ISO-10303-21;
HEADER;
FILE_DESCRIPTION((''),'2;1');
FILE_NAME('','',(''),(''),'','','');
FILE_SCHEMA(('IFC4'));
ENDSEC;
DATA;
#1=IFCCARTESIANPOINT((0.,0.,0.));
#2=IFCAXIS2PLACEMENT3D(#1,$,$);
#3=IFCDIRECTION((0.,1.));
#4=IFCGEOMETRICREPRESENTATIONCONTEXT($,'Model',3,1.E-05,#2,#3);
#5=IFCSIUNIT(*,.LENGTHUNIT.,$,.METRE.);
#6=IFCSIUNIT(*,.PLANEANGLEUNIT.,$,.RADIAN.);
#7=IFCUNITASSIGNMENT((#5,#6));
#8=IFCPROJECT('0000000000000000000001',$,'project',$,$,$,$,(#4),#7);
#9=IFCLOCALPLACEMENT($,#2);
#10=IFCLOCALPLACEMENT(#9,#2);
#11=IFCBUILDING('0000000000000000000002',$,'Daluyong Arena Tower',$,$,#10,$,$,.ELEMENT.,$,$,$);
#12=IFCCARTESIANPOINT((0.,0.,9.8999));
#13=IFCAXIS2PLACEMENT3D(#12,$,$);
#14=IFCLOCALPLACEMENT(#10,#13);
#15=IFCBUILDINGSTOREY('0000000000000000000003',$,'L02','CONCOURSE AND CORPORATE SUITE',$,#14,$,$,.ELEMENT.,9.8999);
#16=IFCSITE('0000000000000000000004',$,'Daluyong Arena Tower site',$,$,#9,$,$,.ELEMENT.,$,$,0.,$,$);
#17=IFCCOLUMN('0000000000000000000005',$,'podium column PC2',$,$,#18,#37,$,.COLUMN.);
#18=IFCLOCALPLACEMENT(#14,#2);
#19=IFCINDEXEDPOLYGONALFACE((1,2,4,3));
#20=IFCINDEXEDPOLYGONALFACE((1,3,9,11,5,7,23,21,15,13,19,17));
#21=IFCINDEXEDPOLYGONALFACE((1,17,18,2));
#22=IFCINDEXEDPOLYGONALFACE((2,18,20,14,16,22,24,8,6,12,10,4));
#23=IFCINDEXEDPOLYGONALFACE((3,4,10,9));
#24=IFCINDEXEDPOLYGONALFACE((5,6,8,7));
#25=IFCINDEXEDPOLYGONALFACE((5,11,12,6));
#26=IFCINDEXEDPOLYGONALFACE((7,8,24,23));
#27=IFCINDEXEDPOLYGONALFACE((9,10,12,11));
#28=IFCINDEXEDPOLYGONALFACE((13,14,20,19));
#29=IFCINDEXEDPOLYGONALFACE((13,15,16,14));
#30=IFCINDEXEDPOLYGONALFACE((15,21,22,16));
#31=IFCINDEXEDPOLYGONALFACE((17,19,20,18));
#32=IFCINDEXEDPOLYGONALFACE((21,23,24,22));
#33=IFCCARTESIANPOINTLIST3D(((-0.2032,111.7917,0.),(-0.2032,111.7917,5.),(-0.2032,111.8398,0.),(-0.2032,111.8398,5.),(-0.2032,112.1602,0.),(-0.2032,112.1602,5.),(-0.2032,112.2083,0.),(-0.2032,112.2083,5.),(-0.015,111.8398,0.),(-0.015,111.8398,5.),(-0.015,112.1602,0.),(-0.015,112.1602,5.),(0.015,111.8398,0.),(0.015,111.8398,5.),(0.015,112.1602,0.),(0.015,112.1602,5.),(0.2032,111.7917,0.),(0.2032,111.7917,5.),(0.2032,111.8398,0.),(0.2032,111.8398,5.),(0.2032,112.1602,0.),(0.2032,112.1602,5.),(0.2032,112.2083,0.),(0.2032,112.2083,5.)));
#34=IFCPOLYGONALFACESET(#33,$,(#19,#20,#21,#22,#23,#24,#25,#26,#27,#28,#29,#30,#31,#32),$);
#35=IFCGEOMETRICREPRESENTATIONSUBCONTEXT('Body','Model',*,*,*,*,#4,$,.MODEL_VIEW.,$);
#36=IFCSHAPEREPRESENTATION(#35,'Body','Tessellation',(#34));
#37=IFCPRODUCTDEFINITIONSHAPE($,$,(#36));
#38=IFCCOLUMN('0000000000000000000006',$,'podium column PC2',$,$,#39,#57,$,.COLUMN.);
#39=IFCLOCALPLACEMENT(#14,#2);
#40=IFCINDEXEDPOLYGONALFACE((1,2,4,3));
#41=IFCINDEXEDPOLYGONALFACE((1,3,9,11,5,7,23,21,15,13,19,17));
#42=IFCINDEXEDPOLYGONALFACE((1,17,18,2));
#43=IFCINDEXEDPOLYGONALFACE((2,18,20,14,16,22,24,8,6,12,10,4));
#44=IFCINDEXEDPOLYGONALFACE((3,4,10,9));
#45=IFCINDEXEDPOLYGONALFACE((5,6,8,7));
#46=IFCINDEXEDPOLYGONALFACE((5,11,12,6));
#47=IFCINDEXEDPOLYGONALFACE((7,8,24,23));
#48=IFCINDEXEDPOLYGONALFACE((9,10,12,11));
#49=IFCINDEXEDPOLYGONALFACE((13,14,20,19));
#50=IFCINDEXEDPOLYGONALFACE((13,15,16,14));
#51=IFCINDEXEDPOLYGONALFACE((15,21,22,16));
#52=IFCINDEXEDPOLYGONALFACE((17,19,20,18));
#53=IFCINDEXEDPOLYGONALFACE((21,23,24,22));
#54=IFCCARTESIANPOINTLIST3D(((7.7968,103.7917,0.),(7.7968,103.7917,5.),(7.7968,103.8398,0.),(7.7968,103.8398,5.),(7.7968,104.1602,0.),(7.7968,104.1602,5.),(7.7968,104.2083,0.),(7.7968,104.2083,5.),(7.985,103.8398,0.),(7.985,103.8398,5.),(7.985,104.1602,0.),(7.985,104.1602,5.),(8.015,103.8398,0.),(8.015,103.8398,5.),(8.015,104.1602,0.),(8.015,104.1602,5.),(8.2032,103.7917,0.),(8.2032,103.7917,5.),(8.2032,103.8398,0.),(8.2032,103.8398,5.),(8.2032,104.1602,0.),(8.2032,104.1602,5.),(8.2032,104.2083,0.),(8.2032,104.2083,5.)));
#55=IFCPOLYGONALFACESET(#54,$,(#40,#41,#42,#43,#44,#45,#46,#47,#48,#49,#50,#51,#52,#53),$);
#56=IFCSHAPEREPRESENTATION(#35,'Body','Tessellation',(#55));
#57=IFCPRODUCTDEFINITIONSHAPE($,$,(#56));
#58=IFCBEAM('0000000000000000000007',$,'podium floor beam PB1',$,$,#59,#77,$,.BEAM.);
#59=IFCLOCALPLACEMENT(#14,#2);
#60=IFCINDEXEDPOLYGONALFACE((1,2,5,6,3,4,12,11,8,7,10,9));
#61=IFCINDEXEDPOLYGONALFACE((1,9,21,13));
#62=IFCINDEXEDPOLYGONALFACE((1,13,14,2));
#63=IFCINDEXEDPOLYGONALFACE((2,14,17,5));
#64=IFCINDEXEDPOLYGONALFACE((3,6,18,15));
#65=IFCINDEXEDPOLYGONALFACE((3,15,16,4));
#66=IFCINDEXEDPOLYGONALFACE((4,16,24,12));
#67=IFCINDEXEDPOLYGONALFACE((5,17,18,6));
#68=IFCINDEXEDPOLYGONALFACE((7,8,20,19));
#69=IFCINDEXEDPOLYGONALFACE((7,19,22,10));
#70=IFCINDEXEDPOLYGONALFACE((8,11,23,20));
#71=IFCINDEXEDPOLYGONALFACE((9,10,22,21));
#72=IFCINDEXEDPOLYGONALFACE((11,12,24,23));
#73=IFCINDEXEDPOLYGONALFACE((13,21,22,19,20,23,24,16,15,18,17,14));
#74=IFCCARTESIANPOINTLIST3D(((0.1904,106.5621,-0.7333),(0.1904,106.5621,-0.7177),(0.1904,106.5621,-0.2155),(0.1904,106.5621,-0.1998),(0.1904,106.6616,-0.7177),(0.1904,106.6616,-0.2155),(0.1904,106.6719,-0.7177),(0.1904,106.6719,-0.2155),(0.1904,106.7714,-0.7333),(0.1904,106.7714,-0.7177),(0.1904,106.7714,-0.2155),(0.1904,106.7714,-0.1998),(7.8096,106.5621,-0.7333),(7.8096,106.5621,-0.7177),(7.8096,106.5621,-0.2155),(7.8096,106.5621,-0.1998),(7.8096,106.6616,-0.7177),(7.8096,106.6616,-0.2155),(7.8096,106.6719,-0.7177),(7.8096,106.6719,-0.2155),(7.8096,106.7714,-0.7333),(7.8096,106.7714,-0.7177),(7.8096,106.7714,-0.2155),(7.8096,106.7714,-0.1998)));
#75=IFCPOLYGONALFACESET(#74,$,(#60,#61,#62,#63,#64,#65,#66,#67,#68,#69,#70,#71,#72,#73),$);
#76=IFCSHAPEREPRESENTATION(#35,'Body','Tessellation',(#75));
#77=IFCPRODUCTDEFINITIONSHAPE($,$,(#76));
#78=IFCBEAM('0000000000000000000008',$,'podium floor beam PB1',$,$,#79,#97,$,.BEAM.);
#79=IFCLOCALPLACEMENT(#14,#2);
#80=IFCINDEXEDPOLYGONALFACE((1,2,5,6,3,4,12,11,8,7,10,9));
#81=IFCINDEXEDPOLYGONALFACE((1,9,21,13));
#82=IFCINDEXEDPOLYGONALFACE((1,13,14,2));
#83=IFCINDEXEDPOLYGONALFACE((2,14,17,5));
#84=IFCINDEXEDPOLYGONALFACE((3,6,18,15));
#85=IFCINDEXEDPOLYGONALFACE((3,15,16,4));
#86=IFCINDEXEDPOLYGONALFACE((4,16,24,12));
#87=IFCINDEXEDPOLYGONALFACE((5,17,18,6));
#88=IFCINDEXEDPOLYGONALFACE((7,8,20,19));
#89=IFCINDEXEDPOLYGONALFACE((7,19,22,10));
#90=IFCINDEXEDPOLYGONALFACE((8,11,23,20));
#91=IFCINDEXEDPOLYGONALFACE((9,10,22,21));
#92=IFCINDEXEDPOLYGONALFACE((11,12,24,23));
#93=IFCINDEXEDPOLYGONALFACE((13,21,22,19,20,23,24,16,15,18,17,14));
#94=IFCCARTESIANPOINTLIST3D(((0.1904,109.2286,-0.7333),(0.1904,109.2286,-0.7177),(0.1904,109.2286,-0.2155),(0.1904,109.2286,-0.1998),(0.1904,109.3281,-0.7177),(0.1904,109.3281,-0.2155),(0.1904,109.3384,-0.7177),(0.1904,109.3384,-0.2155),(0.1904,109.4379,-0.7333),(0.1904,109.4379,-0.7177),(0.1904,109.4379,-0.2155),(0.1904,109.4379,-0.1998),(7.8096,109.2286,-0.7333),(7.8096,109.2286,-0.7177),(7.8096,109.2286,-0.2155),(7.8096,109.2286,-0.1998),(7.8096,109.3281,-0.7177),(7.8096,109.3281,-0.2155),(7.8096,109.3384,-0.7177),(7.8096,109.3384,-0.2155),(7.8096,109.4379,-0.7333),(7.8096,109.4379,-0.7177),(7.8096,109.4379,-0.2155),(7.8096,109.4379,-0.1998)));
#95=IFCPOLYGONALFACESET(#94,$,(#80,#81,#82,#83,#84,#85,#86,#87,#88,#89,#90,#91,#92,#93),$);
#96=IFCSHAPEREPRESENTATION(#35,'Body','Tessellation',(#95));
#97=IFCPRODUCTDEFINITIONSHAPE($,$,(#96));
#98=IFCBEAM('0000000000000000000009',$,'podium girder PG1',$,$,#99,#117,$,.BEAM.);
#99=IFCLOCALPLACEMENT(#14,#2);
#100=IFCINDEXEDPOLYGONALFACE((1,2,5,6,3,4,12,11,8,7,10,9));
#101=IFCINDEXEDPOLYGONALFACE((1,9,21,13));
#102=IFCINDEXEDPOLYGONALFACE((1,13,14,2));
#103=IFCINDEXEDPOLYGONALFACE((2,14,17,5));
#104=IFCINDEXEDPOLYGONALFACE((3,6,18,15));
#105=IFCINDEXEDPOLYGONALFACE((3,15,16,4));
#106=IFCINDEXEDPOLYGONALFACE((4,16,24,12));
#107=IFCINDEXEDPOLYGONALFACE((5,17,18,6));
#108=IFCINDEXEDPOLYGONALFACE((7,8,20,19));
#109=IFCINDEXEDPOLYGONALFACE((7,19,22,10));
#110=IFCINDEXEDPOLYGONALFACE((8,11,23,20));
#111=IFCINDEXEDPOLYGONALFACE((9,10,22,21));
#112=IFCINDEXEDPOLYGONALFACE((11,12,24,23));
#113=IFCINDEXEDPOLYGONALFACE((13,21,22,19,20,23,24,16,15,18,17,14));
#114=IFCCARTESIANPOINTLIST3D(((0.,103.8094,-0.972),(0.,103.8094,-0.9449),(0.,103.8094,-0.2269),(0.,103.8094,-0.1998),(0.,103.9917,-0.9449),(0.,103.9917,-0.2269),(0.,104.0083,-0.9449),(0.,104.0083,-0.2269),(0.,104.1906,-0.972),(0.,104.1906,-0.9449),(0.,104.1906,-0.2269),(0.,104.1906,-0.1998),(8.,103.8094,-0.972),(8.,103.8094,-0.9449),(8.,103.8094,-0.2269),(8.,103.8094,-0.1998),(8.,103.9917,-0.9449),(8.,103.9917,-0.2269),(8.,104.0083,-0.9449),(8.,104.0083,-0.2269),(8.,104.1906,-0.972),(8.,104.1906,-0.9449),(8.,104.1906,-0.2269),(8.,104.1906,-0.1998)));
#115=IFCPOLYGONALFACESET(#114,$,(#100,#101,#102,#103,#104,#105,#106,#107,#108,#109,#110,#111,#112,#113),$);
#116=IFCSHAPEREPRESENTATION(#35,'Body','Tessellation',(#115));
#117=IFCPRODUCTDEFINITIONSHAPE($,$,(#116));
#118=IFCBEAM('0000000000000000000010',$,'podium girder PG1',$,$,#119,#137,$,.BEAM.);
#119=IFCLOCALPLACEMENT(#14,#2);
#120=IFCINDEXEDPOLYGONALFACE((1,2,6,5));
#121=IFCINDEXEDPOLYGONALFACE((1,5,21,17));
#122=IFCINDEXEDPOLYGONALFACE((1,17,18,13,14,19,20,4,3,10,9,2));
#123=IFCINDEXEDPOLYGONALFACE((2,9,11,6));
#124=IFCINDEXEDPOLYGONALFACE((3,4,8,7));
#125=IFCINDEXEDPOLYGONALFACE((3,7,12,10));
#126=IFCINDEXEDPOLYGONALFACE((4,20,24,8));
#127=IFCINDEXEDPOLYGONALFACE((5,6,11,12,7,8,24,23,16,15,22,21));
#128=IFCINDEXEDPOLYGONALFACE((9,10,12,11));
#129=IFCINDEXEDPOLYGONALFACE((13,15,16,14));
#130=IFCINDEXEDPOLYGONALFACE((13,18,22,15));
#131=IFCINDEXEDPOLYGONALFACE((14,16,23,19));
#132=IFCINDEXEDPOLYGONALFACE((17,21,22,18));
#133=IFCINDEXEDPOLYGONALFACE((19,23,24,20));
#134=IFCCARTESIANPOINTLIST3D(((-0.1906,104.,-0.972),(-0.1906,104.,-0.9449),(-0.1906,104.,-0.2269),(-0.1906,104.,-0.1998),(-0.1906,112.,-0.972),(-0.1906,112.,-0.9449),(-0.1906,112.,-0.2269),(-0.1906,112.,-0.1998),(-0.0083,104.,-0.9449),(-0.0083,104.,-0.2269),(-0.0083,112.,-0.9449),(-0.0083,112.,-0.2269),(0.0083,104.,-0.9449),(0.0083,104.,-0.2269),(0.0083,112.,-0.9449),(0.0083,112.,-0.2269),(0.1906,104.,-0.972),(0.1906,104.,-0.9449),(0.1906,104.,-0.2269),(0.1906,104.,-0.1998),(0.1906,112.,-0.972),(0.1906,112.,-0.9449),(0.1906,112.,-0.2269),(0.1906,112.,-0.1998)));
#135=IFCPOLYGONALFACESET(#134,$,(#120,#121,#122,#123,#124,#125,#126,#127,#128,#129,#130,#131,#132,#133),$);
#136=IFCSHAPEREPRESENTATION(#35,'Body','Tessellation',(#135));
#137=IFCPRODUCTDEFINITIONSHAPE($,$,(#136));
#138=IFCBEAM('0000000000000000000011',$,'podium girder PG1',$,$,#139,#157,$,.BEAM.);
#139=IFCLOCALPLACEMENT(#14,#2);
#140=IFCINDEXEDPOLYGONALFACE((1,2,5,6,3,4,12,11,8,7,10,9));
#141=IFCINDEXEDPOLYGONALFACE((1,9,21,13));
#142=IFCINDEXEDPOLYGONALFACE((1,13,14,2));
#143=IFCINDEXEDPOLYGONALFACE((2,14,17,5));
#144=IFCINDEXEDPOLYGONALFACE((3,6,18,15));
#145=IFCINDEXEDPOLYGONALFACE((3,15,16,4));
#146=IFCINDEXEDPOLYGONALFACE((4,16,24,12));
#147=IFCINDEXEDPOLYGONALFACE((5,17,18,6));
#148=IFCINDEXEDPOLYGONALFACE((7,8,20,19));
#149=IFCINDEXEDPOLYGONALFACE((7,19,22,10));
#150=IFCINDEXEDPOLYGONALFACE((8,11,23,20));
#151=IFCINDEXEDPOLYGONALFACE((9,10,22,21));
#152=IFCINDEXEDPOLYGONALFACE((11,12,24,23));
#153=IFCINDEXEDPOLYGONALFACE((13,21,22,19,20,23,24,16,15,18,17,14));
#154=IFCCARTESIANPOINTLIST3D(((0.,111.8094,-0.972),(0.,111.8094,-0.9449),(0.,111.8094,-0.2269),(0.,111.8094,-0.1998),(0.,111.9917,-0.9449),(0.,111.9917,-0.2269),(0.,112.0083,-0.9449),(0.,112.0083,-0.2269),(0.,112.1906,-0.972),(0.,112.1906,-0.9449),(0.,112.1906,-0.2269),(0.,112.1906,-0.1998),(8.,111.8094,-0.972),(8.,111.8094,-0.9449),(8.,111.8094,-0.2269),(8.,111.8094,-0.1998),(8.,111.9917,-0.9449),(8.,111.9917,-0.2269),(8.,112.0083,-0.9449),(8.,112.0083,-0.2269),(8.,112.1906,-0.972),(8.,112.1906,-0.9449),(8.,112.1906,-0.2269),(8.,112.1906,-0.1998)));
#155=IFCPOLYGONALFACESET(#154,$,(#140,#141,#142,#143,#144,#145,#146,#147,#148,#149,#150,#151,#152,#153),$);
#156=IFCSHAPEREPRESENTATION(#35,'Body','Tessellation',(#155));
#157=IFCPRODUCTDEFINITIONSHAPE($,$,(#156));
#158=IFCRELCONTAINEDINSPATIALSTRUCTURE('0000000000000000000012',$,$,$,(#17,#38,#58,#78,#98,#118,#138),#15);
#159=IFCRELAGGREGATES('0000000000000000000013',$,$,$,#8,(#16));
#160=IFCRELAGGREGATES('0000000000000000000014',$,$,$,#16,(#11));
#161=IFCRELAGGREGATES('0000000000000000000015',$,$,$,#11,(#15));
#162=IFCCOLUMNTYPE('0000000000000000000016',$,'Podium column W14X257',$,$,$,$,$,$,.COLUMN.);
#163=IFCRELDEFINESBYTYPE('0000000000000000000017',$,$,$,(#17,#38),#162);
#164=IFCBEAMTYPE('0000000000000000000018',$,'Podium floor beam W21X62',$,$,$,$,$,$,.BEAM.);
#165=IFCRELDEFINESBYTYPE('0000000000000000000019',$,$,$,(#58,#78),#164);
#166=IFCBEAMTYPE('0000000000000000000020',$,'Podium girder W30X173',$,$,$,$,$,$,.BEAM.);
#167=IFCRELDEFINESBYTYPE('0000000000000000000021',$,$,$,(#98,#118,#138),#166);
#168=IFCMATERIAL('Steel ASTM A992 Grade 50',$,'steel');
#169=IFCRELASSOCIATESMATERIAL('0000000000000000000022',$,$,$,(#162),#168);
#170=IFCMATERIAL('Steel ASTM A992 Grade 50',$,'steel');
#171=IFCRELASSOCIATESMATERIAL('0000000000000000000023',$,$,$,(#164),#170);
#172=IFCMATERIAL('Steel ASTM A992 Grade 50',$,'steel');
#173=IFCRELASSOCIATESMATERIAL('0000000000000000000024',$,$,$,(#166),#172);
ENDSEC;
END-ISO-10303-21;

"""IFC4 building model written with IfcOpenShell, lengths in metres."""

from ifc_helpers import new_model, si_unit, direction, frame, origin, origin_2d, place, context, subcontext, project, spatial, i_section, extrude, material, material_profile, profile_set, type_object, element, save


model = new_model("IFC4")

# Units and contexts
model_context = context("Model", 3, precision=1e-05, world=origin(), true_north=direction((0.0, 1.0)))
body_context = subcontext(model_context, "Body", "Model", "MODEL_VIEW")
ifc_project = project(units=[si_unit("LENGTHUNIT", "METRE"), si_unit("PLANEANGLEUNIT", "RADIAN")], contexts=[model_context])

# Site, building, storey
site_placement = place(None, origin())
site = spatial("IfcSite", under=ifc_project, at=site_placement, Name="Daluyong Arena Tower site", CompositionType="ELEMENT", RefElevation=0.0)
building_placement = place(site_placement, origin())
building = spatial("IfcBuilding", under=site, at=building_placement, Name="Daluyong Arena Tower", CompositionType="ELEMENT")
storey_placement = place(building_placement, frame((0.0, 0.0, 9.8999)))
storey = spatial("IfcBuildingStorey", under=building, at=storey_placement, Name="L02", Description="CONCOURSE AND CORPORATE SUITE", CompositionType="ELEMENT", Elevation=9.8999)

# Columns
ifc_material_1 = material(Name="Steel ASTM A992 Grade 50", Category="steel")
ifc_material_profile_1 = material_profile(ifc_material_1, i_section(OverallWidth=0.4065, OverallDepth=0.4165, WebThickness=0.03, FlangeThickness=0.0481, at=origin_2d()))
ifc_profile_set_1 = profile_set([ifc_material_profile_1], Name="Steel ASTM A992 Grade 50")
column_type = type_object("IfcColumnType", Name="Podium column W14X257", PredefinedType="COLUMN", material=ifc_profile_set_1)
for number, where, z_axis, x_axis, name in (
    (1, (0.0, 112.0, 0.0), (0.0, 0.0, 1.0), (1.0, 0.0, 0.0), "podium column PC2"),
    (2, (8.0, 104.0, 0.0), (0.0, 0.0, 1.0), (1.0, 0.0, 0.0), "podium column PC2"),
):
    element("IfcColumn", number, at=place(storey_placement, frame(where, z_axis=z_axis, x_axis=x_axis)), inside=storey, type_object=column_type, Name=name, PredefinedType="COLUMN", context=body_context, shape_type="SweptSolid", body=[
        extrude(i_section(OverallWidth=0.4065, OverallDepth=0.4165, WebThickness=0.03, FlangeThickness=0.0481, at=origin_2d()), origin(), (0.0, 0.0, 1.0), 5.0),
    ])

# Beams
ifc_material_2 = material(Name="Steel ASTM A992 Grade 50", Category="steel")
ifc_material_profile_2 = material_profile(ifc_material_2, i_section(OverallWidth=0.2092, OverallDepth=0.5334, WebThickness=0.0103, FlangeThickness=0.0156, at=origin_2d()))
ifc_profile_set_2 = profile_set([ifc_material_profile_2], Name="Steel ASTM A992 Grade 50")
beam_type_1 = type_object("IfcBeamType", Name="Podium floor beam W21X62", PredefinedType="BEAM", material=ifc_profile_set_2)
for number, where, z_axis, x_axis, name in (
    (3, (0.1904, 106.6667, -0.4666), (1.0, 0.0, 0.0), (0.0, 1.0, 0.0), "podium floor beam PB1"),
    (4, (0.1904, 109.3333, -0.4666), (1.0, 0.0, 0.0), (0.0, 1.0, 0.0), "podium floor beam PB1"),
):
    element("IfcBeam", number, at=place(storey_placement, frame(where, z_axis=z_axis, x_axis=x_axis)), inside=storey, type_object=beam_type_1, Name=name, PredefinedType="BEAM", context=body_context, shape_type="SweptSolid", body=[
        extrude(i_section(OverallWidth=0.2092, OverallDepth=0.5334, WebThickness=0.0103, FlangeThickness=0.0156, at=origin_2d()), origin(), (0.0, 0.0, 1.0), 7.6191),
    ])
ifc_material_3 = material(Name="Steel ASTM A992 Grade 50", Category="steel")
ifc_material_profile_3 = material_profile(ifc_material_3, i_section(OverallWidth=0.3811, OverallDepth=0.7722, WebThickness=0.0166, FlangeThickness=0.0271, at=origin_2d()))
ifc_profile_set_3 = profile_set([ifc_material_profile_3], Name="Steel ASTM A992 Grade 50")
beam_type_2 = type_object("IfcBeamType", Name="Podium girder W30X173", PredefinedType="BEAM", material=ifc_profile_set_3)
for number, where, z_axis, x_axis, name in (
    (5, (0.0, 104.0, -0.5859), (1.0, 0.0, 0.0), (0.0, 1.0, 0.0), "podium girder PG1"),
    (6, (0.0, 104.0, -0.5859), (0.0, 1.0, 0.0), (-1.0, 0.0, 0.0), "podium girder PG1"),
    (7, (0.0, 112.0, -0.5859), (1.0, 0.0, 0.0), (0.0, 1.0, 0.0), "podium girder PG1"),
):
    element("IfcBeam", number, at=place(storey_placement, frame(where, z_axis=z_axis, x_axis=x_axis)), inside=storey, type_object=beam_type_2, Name=name, PredefinedType="BEAM", context=body_context, shape_type="SweptSolid", body=[
        extrude(i_section(OverallWidth=0.3811, OverallDepth=0.7722, WebThickness=0.0166, FlangeThickness=0.0271, at=origin_2d()), origin(), (0.0, 0.0, 1.0), 8.0),
    ])

save(model, "model.ifc")
